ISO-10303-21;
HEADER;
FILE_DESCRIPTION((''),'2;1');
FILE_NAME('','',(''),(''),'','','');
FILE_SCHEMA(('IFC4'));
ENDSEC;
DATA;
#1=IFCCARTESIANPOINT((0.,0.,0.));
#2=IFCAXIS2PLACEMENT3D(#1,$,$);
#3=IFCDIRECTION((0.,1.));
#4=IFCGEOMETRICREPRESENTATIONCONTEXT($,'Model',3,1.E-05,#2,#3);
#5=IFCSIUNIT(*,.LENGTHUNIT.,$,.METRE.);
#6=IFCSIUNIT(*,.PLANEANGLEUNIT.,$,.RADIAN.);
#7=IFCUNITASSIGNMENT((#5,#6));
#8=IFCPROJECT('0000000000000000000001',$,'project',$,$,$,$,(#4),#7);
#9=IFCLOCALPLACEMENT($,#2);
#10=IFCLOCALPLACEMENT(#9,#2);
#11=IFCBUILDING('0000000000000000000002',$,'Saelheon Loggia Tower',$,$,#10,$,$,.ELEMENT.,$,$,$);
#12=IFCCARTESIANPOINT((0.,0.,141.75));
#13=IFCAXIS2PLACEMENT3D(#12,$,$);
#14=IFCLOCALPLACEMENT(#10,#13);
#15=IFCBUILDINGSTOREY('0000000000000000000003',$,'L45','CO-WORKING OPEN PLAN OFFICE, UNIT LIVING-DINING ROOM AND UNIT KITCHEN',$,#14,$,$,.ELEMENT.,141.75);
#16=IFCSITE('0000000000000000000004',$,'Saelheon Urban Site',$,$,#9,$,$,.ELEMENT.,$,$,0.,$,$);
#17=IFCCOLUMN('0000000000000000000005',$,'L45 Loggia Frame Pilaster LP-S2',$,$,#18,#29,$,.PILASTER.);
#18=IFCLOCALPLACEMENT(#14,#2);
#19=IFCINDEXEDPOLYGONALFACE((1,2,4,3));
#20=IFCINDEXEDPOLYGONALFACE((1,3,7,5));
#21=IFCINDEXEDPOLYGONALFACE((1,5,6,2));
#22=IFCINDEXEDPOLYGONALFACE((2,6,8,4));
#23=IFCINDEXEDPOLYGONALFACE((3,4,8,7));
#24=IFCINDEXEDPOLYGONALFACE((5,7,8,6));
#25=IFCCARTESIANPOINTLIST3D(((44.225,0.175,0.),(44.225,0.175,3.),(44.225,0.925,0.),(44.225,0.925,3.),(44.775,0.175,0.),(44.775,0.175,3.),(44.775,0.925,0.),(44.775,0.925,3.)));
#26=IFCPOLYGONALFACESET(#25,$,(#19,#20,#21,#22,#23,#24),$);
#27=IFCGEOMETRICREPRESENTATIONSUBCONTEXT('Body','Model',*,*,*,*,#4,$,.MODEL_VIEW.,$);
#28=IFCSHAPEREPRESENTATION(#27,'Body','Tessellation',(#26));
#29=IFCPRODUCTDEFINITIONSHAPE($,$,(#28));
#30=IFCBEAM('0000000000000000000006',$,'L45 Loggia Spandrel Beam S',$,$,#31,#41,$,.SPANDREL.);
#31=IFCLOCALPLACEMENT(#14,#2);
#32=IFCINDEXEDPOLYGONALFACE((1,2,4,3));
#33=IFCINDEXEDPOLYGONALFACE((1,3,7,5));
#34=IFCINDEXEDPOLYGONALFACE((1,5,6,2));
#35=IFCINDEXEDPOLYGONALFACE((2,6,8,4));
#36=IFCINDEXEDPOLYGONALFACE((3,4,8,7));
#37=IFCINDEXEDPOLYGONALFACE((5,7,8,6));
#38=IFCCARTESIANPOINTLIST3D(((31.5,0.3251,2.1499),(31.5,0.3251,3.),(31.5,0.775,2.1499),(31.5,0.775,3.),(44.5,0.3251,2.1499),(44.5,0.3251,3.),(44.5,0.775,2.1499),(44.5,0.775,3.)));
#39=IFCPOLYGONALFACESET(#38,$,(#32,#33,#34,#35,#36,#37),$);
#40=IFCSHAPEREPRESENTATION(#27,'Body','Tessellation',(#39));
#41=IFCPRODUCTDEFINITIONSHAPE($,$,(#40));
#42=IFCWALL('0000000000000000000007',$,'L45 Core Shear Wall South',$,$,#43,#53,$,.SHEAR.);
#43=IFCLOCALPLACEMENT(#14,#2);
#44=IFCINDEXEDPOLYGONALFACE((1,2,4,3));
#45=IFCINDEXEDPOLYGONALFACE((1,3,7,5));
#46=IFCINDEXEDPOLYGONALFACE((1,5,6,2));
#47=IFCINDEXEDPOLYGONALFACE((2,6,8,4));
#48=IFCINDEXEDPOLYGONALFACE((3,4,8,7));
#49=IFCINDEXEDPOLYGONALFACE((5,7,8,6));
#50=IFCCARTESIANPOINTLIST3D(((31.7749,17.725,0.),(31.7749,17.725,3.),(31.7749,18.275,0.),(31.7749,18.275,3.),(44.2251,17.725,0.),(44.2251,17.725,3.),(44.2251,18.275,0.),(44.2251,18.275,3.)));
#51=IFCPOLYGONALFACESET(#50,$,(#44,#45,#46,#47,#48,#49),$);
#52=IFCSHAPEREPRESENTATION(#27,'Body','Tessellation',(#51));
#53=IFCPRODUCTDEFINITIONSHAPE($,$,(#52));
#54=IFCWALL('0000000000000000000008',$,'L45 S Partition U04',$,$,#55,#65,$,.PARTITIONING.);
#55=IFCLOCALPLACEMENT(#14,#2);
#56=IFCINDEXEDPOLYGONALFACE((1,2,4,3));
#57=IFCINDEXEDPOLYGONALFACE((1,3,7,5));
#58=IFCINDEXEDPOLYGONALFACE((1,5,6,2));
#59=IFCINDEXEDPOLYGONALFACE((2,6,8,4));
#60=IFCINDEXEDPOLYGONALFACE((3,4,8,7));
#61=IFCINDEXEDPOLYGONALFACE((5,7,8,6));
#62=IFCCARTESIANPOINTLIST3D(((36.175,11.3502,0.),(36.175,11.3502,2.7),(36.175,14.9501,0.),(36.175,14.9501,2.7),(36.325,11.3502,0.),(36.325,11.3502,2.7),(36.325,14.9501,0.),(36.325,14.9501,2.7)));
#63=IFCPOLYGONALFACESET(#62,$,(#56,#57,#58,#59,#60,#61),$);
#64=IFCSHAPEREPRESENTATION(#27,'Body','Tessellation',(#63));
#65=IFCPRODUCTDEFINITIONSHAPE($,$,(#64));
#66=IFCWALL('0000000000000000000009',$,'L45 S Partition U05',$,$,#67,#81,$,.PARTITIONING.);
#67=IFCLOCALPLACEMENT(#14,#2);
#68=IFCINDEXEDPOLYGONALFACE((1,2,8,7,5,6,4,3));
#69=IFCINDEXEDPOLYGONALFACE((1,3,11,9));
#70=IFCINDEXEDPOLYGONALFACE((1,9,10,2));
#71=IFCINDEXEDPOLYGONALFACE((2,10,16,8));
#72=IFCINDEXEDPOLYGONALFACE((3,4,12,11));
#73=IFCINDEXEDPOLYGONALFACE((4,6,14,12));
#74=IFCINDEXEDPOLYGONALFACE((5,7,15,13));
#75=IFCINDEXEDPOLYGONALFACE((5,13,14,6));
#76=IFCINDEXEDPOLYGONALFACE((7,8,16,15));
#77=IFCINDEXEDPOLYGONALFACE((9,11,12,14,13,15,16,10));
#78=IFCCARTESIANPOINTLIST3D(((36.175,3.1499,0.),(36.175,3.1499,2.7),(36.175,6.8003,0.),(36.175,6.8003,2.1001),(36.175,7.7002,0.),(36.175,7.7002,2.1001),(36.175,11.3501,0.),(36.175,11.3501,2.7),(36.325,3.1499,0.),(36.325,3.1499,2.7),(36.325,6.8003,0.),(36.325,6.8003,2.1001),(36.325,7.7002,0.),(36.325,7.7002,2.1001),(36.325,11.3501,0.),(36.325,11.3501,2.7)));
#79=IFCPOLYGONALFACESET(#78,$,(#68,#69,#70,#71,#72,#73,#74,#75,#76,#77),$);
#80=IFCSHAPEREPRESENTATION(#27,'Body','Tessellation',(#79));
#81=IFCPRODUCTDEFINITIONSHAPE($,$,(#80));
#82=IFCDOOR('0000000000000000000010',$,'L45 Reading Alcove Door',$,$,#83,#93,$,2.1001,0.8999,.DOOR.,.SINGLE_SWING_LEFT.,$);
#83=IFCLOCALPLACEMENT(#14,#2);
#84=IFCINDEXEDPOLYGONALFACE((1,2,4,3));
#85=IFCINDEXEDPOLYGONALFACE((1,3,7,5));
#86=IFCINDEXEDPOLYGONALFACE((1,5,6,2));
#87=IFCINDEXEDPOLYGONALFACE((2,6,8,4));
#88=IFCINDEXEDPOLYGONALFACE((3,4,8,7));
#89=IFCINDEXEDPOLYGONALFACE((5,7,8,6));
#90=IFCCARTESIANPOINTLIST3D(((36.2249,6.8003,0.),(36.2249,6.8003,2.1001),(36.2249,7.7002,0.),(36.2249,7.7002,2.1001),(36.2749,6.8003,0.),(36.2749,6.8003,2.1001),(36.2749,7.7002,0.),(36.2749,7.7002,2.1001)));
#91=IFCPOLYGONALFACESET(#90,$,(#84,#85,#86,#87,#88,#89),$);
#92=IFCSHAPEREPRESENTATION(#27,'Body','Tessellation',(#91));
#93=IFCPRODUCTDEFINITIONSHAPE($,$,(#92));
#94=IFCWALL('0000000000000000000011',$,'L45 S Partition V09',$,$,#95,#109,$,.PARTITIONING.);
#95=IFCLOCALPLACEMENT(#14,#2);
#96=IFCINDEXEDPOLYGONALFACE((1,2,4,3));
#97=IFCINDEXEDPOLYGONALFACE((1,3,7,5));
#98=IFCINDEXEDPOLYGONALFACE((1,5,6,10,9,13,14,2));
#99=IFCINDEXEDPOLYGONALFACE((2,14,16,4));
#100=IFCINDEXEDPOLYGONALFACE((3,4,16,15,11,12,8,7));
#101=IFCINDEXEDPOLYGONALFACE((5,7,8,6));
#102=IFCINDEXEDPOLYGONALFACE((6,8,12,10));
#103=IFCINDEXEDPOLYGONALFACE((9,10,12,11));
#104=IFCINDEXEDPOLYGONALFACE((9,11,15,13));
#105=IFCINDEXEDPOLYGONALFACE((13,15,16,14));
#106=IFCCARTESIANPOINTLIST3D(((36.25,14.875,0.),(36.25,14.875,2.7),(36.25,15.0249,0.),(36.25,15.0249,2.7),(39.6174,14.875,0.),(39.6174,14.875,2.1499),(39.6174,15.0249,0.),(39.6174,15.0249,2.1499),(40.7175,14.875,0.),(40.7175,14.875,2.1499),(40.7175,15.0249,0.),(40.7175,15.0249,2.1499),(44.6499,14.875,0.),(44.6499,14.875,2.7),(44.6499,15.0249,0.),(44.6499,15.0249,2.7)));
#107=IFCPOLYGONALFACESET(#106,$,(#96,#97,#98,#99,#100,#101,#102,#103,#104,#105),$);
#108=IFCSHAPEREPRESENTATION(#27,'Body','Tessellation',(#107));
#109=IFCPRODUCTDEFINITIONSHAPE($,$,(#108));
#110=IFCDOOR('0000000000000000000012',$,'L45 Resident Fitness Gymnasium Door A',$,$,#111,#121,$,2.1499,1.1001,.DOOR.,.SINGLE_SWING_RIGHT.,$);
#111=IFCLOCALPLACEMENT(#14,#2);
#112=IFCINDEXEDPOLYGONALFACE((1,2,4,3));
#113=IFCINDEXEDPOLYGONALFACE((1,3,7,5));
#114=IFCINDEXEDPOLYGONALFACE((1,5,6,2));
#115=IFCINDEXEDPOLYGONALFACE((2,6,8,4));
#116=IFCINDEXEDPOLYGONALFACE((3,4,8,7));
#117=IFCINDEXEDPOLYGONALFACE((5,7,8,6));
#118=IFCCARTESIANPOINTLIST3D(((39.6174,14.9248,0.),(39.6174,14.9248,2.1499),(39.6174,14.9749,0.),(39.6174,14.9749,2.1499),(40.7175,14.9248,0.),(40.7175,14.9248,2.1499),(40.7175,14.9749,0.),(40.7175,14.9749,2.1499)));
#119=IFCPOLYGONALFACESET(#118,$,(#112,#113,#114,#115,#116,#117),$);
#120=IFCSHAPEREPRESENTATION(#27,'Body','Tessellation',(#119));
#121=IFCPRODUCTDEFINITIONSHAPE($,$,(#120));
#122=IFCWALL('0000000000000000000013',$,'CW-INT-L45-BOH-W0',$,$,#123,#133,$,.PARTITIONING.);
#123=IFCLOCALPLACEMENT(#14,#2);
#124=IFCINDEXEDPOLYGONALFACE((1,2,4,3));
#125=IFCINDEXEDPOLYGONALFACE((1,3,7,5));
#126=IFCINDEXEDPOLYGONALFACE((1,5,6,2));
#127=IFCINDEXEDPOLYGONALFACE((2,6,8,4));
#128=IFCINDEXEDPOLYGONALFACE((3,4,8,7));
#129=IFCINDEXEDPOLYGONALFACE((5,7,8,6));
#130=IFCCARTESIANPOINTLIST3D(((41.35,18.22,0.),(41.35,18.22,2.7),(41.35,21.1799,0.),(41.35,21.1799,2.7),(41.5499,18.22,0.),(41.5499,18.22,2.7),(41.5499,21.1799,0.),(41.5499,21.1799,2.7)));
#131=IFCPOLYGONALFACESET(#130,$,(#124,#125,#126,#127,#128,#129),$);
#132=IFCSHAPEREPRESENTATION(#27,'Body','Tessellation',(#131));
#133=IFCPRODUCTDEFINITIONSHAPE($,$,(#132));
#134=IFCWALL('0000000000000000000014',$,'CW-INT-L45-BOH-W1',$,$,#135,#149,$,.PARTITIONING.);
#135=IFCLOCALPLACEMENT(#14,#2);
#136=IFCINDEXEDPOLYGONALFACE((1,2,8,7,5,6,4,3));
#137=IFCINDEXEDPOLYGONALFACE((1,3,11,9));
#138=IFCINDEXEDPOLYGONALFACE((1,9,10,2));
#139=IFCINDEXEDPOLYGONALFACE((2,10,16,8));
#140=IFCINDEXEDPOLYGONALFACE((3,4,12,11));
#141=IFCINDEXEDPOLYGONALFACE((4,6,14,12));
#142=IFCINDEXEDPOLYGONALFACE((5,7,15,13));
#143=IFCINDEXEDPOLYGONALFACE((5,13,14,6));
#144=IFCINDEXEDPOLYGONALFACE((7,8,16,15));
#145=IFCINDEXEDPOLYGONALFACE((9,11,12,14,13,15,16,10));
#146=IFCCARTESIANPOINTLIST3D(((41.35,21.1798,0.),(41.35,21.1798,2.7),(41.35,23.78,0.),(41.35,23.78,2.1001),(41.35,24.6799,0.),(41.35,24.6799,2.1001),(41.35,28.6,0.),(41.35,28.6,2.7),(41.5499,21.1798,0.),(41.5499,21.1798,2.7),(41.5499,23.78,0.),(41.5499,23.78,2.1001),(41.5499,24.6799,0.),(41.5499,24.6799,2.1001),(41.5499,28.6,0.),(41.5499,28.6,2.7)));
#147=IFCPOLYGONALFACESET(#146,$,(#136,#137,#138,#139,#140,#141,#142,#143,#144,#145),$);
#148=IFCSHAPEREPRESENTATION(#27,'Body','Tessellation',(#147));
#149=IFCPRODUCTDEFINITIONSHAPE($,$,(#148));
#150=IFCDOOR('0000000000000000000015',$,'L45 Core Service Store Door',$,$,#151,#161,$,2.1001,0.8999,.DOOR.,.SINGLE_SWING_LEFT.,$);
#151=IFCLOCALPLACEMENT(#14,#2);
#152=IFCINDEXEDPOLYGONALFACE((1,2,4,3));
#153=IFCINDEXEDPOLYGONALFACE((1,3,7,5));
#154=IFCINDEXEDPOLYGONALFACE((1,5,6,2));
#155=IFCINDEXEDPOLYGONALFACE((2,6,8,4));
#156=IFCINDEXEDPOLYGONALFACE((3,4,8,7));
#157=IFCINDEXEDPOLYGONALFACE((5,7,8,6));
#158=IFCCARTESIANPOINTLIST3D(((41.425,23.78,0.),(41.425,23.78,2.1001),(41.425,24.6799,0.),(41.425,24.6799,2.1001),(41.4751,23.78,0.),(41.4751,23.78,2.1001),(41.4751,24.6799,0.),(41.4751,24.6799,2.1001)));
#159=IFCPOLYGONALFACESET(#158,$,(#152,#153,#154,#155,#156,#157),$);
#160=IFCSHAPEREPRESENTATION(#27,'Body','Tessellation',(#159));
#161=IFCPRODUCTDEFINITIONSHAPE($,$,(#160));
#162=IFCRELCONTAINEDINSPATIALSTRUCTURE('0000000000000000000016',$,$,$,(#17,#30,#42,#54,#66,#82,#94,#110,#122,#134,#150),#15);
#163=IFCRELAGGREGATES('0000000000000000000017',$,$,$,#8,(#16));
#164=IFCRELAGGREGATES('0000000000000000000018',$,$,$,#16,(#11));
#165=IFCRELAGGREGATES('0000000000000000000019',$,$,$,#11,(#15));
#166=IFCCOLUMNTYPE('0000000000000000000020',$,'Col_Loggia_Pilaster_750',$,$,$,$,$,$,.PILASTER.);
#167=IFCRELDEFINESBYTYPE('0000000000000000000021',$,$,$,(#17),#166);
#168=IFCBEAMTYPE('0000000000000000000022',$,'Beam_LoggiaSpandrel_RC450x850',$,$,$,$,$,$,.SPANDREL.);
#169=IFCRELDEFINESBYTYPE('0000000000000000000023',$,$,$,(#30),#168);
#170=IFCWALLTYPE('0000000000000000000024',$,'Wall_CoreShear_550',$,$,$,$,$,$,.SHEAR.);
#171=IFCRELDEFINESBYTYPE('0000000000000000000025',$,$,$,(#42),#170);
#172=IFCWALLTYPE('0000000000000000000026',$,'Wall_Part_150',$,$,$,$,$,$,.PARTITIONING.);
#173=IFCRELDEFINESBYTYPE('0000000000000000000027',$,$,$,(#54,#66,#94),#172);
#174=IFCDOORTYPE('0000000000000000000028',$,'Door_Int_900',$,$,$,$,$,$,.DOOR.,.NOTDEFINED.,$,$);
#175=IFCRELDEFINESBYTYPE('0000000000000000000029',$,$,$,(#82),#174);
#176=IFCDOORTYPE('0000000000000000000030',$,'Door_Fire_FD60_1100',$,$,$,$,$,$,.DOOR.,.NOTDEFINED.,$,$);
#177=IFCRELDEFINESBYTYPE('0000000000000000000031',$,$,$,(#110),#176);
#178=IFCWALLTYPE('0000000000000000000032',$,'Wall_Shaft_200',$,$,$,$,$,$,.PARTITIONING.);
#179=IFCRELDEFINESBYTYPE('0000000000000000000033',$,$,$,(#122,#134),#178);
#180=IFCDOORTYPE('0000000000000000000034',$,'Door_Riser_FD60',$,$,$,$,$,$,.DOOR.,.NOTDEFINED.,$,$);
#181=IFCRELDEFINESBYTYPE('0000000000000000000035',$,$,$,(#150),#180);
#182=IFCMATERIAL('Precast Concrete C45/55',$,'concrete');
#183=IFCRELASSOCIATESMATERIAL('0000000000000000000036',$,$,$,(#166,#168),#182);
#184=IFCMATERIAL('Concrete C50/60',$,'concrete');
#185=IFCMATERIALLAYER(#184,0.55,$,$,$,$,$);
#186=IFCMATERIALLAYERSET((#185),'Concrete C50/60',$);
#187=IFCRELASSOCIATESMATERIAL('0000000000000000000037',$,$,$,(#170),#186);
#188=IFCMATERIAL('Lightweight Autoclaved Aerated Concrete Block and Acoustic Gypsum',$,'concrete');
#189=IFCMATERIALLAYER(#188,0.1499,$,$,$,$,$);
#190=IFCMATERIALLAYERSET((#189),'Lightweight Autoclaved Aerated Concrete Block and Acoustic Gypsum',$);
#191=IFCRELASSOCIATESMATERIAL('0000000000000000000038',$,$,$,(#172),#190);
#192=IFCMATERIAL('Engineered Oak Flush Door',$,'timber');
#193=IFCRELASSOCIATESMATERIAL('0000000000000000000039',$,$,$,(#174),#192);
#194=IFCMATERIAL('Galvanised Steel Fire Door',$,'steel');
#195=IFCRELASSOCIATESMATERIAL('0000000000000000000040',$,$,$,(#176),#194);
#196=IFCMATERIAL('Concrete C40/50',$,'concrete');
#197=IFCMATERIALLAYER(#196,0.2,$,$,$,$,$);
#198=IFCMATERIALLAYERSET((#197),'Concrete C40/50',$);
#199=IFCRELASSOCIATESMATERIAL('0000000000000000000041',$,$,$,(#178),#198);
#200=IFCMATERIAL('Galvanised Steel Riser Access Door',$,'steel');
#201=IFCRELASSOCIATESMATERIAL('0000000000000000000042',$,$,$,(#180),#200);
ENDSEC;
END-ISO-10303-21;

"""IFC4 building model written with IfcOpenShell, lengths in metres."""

from ifc_helpers import new_model, si_unit, direction, frame, frame_2d, origin, origin_2d, place, context, subcontext, project, spatial, rectangle, extrude, source, transform, mapped, material, layer, layer_set, material_profile, profile_set, type_object, element, fill, save


model = new_model("IFC4")

# Units and contexts
model_context = context("Model", 3, precision=1e-05, world=origin(), true_north=direction((0.0, 1.0)))
body_context = subcontext(model_context, "Body", "Model", "MODEL_VIEW")
ifc_project = project(units=[si_unit("LENGTHUNIT", "METRE"), si_unit("PLANEANGLEUNIT", "RADIAN")], contexts=[model_context])

# Site, building, storey
site_placement = place(None, origin())
site = spatial("IfcSite", under=ifc_project, at=site_placement, Name="Saelheon Urban Site", CompositionType="ELEMENT", RefElevation=0.0)
building_placement = place(site_placement, origin())
building = spatial("IfcBuilding", under=site, at=building_placement, Name="Saelheon Loggia Tower", CompositionType="ELEMENT")
storey_placement = place(building_placement, frame((0.0, 0.0, 141.75)))
storey = spatial("IfcBuildingStorey", under=building, at=storey_placement, Name="L45", Description="CO-WORKING OPEN PLAN OFFICE, UNIT LIVING-DINING ROOM AND UNIT KITCHEN", CompositionType="ELEMENT", Elevation=141.75)

# Column
ifc_material_1 = material(Name="Precast Concrete C45/55", Category="concrete")
ifc_material_profile_1 = material_profile(ifc_material_1, rectangle(XDim=0.55, YDim=0.75, at=origin_2d()), Name="RC-550x750")
ifc_profile_set_1 = profile_set([ifc_material_profile_1], Name="Precast Concrete C45/55")
column_type = type_object("IfcColumnType", Name="Col_Loggia_Pilaster_750", PredefinedType="PILASTER", material=ifc_profile_set_1)
shared_shape_1 = source(origin(), body_context, "Body", "SweptSolid", [
    extrude(rectangle(XDim=0.55, YDim=0.75, at=origin_2d()), origin(), (0.0, 0.0, 1.0), 3.0),
])
column_placement = place(storey_placement, frame((44.5, 0.55, 0.0), z_axis=(0.0, 0.0, 1.0), x_axis=(1.0, 0.0, 0.0)))
element("IfcColumn", 1, at=column_placement, inside=storey, type_object=column_type, Name="L45 Loggia Frame Pilaster LP-S2", PredefinedType="PILASTER", context=body_context, shape_type="MappedRepresentation", body=[
    mapped(shared_shape_1, transform((0.0, 0.0, 0.0), scale=1.0)),
])

# Beam
ifc_material_profile_2 = material_profile(ifc_material_1, rectangle(XDim=0.45, YDim=0.8501, at=origin_2d()), Name="RC-450x850")
ifc_profile_set_2 = profile_set([ifc_material_profile_2], Name="Precast Concrete C45/55")
beam_type = type_object("IfcBeamType", Name="Beam_LoggiaSpandrel_RC450x850", PredefinedType="SPANDREL", material=ifc_profile_set_2)
shared_shape_2 = source(origin(), body_context, "Body", "SweptSolid", [
    extrude(rectangle(XDim=0.45, YDim=0.8501, at=origin_2d()), origin(), (0.0, 0.0, 1.0), 13.0),
])
beam_placement = place(storey_placement, frame((31.5, 0.55, 2.575), z_axis=(1.0, 0.0, 0.0), x_axis=(0.0, 1.0, 0.0)))
element("IfcBeam", 2, at=beam_placement, inside=storey, type_object=beam_type, Name="L45 Loggia Spandrel Beam S", PredefinedType="SPANDREL", context=body_context, shape_type="MappedRepresentation", body=[
    mapped(shared_shape_2, transform((0.0, 0.0, 0.0), scale=1.0)),
])

# Walls
ifc_material_2 = material(Name="Concrete C50/60", Category="concrete")
ifc_layer_1 = layer(ifc_material_2, 0.55)
ifc_layer_set_1 = layer_set([ifc_layer_1], Name="Concrete C50/60")
wall_type_1 = type_object("IfcWallType", Name="Wall_CoreShear_550", PredefinedType="SHEAR", material=ifc_layer_set_1)
wall_1_placement = place(storey_placement, frame((31.7749, 18.0, 0.0), z_axis=(0.0, 0.0, 1.0), x_axis=(1.0, 0.0, 0.0)))
element("IfcWall", 3, at=wall_1_placement, inside=storey, type_object=wall_type_1, Name="L45 Core Shear Wall South", PredefinedType="SHEAR", context=body_context, shape_type="SweptSolid", body=[
    extrude(rectangle(XDim=12.4502, YDim=0.55, at=frame_2d((6.2251, 0.0))), origin(), (0.0, 0.0, 1.0), 3.0),
])
ifc_material_3 = material(Name="Lightweight Autoclaved Aerated Concrete Block and Acoustic Gypsum", Category="concrete")
ifc_layer_2 = layer(ifc_material_3, 0.1499)
ifc_layer_set_2 = layer_set([ifc_layer_2], Name="Lightweight Autoclaved Aerated Concrete Block and Acoustic Gypsum")
wall_type_2 = type_object("IfcWallType", Name="Wall_Part_150", PredefinedType="PARTITIONING", material=ifc_layer_set_2)
wall_2_placement = place(storey_placement, frame((36.25, 14.95, 0.0), z_axis=(0.0, 0.0, 1.0), x_axis=(0.0, -1.0, 0.0)))
element("IfcWall", 4, at=wall_2_placement, inside=storey, type_object=wall_type_2, Name="L45 S Partition U04", PredefinedType="PARTITIONING", context=body_context, shape_type="SweptSolid", body=[
    extrude(rectangle(XDim=3.5999, YDim=0.1499, at=frame_2d((1.7998, 0.0))), origin(), (0.0, 0.0, 1.0), 2.7),
])

# Walls, openings, doors
wall_3_placement = place(storey_placement, frame((36.25, 11.3501, 0.0), z_axis=(0.0, 0.0, 1.0), x_axis=(0.0, -1.0, 0.0)))
wall_3 = element("IfcWall", 5, at=wall_3_placement, inside=storey, type_object=wall_type_2, Name="L45 S Partition U05", PredefinedType="PARTITIONING", context=body_context, shape_type="SweptSolid", body=[
    extrude(rectangle(XDim=8.2002, YDim=0.1499, at=frame_2d((4.1001, 0.0))), origin(), (0.0, 0.0, 1.0), 2.7),
])
opening_1_placement = place(wall_3_placement, frame((3.6499, 0.0, 0.0)))
opening_1 = element("IfcOpeningElement", 6, at=opening_1_placement, cuts=wall_3, PredefinedType="OPENING", context=body_context, shape_type="SweptSolid", body=[
    extrude(rectangle(XDim=0.8999, YDim=2.1001, at=frame_2d((0.45, 1.05))), frame((0.0, 0.0869, 0.0), z_axis=(0.0, -1.0, 0.0), x_axis=(1.0, 0.0, 0.0)), (0.0, 0.0, 1.0), 0.1738),
])
ifc_material_4 = material(Name="Engineered Oak Flush Door", Category="timber")
door_type_1 = type_object("IfcDoorType", Name="Door_Int_900", OperationType="NOTDEFINED", PredefinedType="DOOR", material=ifc_material_4)
shared_shape_3 = source(origin(), body_context, "Body", "SweptSolid", [
    extrude(rectangle(XDim=0.8999, YDim=2.1001, at=frame_2d((0.45, 1.05))), frame((0.0, 0.0249, 0.0), z_axis=(0.0, -1.0, 0.0), x_axis=(1.0, 0.0, 0.0)), (0.0, 0.0, 1.0), 0.05),
])
door_1_placement = place(opening_1_placement, origin())
door_1 = element("IfcDoor", 7, at=door_1_placement, inside=storey, type_object=door_type_1, Name="L45 Reading Alcove Door", OperationType="SINGLE_SWING_LEFT", OverallHeight=2.1001, OverallWidth=0.8999, PredefinedType="DOOR", context=body_context, shape_type="MappedRepresentation", body=[
    mapped(shared_shape_3, transform((0.0, 0.0, 0.0), scale=1.0)),
])
fill(opening_1, door_1)
wall_4_placement = place(storey_placement, frame((36.25, 14.95, 0.0), z_axis=(0.0, 0.0, 1.0), x_axis=(1.0, 0.0, 0.0)))
wall_4 = element("IfcWall", 8, at=wall_4_placement, inside=storey, type_object=wall_type_2, Name="L45 S Partition V09", PredefinedType="PARTITIONING", context=body_context, shape_type="SweptSolid", body=[
    extrude(rectangle(XDim=8.3999, YDim=0.1499, at=frame_2d((4.2, 0.0))), origin(), (0.0, 0.0, 1.0), 2.7),
])
opening_2_placement = place(wall_4_placement, frame((3.3674, 0.0, 0.0)))
opening_2 = element("IfcOpeningElement", 9, at=opening_2_placement, cuts=wall_4, PredefinedType="OPENING", context=body_context, shape_type="SweptSolid", body=[
    extrude(rectangle(XDim=1.1001, YDim=2.1499, at=frame_2d((0.55, 1.075))), frame((0.0, 0.0869, 0.0), z_axis=(0.0, -1.0, 0.0), x_axis=(1.0, 0.0, 0.0)), (0.0, 0.0, 1.0), 0.1738),
])
ifc_material_5 = material(Name="Galvanised Steel Fire Door", Category="steel")
door_type_2 = type_object("IfcDoorType", Name="Door_Fire_FD60_1100", OperationType="NOTDEFINED", PredefinedType="DOOR", material=ifc_material_5)
shared_shape_4 = source(origin(), body_context, "Body", "SweptSolid", [
    extrude(rectangle(XDim=1.1001, YDim=2.1499, at=frame_2d((0.55, 1.075))), frame((0.0, 0.0249, 0.0), z_axis=(0.0, -1.0, 0.0), x_axis=(1.0, 0.0, 0.0)), (0.0, 0.0, 1.0), 0.05),
])
door_2_placement = place(opening_2_placement, origin())
door_2 = element("IfcDoor", 10, at=door_2_placement, inside=storey, type_object=door_type_2, Name="L45 Resident Fitness Gymnasium Door A", OperationType="SINGLE_SWING_RIGHT", OverallHeight=2.1499, OverallWidth=1.1001, PredefinedType="DOOR", context=body_context, shape_type="MappedRepresentation", body=[
    mapped(shared_shape_4, transform((0.0, 0.0, 0.0), scale=1.0)),
])
fill(opening_2, door_2)

# Wall
ifc_material_6 = material(Name="Concrete C40/50", Category="concrete")
ifc_layer_3 = layer(ifc_material_6, 0.2)
ifc_layer_set_3 = layer_set([ifc_layer_3], Name="Concrete C40/50")
wall_type_3 = type_object("IfcWallType", Name="Wall_Shaft_200", PredefinedType="PARTITIONING", material=ifc_layer_set_3)
wall_5_placement = place(storey_placement, frame((41.45, 18.22, 0.0), z_axis=(0.0, 0.0, 1.0), x_axis=(0.0, 1.0, 0.0)))
element("IfcWall", 11, at=wall_5_placement, inside=storey, type_object=wall_type_3, Name="CW-INT-L45-BOH-W0", PredefinedType="PARTITIONING", context=body_context, shape_type="SweptSolid", body=[
    extrude(rectangle(XDim=2.96, YDim=0.2, at=frame_2d((1.48, 0.0))), origin(), (0.0, 0.0, 1.0), 2.7),
])

# Wall, opening, door
wall_6_placement = place(storey_placement, frame((41.45, 21.1799, 0.0), z_axis=(0.0, 0.0, 1.0), x_axis=(0.0, 1.0, 0.0)))
wall_6 = element("IfcWall", 12, at=wall_6_placement, inside=storey, type_object=wall_type_3, Name="CW-INT-L45-BOH-W1", PredefinedType="PARTITIONING", context=body_context, shape_type="SweptSolid", body=[
    extrude(rectangle(XDim=7.4202, YDim=0.2, at=frame_2d((3.71, 0.0))), origin(), (0.0, 0.0, 1.0), 2.7),
])
opening_3_placement = place(wall_6_placement, frame((2.6001, 0.0, 0.0)))
opening_3 = element("IfcOpeningElement", 13, at=opening_3_placement, cuts=wall_6, PredefinedType="OPENING", context=body_context, shape_type="SweptSolid", body=[
    extrude(rectangle(XDim=0.8999, YDim=2.1001, at=frame_2d((0.45, 1.05))), frame((0.0, 0.1121, 0.0), z_axis=(0.0, -1.0, 0.0), x_axis=(1.0, 0.0, 0.0)), (0.0, 0.0, 1.0), 0.2239),
])
ifc_material_7 = material(Name="Galvanised Steel Riser Access Door", Category="steel")
door_type_3 = type_object("IfcDoorType", Name="Door_Riser_FD60", OperationType="NOTDEFINED", PredefinedType="DOOR", material=ifc_material_7)
door_3_placement = place(opening_3_placement, origin())
door_3 = element("IfcDoor", 14, at=door_3_placement, inside=storey, type_object=door_type_3, Name="L45 Core Service Store Door", OperationType="SINGLE_SWING_LEFT", OverallHeight=2.1001, OverallWidth=0.8999, PredefinedType="DOOR", context=body_context, shape_type="MappedRepresentation", body=[
    mapped(shared_shape_3, transform((0.0, 0.0, 0.0), scale=1.0)),
])
fill(opening_3, door_3)

save(model, "model.ifc")
